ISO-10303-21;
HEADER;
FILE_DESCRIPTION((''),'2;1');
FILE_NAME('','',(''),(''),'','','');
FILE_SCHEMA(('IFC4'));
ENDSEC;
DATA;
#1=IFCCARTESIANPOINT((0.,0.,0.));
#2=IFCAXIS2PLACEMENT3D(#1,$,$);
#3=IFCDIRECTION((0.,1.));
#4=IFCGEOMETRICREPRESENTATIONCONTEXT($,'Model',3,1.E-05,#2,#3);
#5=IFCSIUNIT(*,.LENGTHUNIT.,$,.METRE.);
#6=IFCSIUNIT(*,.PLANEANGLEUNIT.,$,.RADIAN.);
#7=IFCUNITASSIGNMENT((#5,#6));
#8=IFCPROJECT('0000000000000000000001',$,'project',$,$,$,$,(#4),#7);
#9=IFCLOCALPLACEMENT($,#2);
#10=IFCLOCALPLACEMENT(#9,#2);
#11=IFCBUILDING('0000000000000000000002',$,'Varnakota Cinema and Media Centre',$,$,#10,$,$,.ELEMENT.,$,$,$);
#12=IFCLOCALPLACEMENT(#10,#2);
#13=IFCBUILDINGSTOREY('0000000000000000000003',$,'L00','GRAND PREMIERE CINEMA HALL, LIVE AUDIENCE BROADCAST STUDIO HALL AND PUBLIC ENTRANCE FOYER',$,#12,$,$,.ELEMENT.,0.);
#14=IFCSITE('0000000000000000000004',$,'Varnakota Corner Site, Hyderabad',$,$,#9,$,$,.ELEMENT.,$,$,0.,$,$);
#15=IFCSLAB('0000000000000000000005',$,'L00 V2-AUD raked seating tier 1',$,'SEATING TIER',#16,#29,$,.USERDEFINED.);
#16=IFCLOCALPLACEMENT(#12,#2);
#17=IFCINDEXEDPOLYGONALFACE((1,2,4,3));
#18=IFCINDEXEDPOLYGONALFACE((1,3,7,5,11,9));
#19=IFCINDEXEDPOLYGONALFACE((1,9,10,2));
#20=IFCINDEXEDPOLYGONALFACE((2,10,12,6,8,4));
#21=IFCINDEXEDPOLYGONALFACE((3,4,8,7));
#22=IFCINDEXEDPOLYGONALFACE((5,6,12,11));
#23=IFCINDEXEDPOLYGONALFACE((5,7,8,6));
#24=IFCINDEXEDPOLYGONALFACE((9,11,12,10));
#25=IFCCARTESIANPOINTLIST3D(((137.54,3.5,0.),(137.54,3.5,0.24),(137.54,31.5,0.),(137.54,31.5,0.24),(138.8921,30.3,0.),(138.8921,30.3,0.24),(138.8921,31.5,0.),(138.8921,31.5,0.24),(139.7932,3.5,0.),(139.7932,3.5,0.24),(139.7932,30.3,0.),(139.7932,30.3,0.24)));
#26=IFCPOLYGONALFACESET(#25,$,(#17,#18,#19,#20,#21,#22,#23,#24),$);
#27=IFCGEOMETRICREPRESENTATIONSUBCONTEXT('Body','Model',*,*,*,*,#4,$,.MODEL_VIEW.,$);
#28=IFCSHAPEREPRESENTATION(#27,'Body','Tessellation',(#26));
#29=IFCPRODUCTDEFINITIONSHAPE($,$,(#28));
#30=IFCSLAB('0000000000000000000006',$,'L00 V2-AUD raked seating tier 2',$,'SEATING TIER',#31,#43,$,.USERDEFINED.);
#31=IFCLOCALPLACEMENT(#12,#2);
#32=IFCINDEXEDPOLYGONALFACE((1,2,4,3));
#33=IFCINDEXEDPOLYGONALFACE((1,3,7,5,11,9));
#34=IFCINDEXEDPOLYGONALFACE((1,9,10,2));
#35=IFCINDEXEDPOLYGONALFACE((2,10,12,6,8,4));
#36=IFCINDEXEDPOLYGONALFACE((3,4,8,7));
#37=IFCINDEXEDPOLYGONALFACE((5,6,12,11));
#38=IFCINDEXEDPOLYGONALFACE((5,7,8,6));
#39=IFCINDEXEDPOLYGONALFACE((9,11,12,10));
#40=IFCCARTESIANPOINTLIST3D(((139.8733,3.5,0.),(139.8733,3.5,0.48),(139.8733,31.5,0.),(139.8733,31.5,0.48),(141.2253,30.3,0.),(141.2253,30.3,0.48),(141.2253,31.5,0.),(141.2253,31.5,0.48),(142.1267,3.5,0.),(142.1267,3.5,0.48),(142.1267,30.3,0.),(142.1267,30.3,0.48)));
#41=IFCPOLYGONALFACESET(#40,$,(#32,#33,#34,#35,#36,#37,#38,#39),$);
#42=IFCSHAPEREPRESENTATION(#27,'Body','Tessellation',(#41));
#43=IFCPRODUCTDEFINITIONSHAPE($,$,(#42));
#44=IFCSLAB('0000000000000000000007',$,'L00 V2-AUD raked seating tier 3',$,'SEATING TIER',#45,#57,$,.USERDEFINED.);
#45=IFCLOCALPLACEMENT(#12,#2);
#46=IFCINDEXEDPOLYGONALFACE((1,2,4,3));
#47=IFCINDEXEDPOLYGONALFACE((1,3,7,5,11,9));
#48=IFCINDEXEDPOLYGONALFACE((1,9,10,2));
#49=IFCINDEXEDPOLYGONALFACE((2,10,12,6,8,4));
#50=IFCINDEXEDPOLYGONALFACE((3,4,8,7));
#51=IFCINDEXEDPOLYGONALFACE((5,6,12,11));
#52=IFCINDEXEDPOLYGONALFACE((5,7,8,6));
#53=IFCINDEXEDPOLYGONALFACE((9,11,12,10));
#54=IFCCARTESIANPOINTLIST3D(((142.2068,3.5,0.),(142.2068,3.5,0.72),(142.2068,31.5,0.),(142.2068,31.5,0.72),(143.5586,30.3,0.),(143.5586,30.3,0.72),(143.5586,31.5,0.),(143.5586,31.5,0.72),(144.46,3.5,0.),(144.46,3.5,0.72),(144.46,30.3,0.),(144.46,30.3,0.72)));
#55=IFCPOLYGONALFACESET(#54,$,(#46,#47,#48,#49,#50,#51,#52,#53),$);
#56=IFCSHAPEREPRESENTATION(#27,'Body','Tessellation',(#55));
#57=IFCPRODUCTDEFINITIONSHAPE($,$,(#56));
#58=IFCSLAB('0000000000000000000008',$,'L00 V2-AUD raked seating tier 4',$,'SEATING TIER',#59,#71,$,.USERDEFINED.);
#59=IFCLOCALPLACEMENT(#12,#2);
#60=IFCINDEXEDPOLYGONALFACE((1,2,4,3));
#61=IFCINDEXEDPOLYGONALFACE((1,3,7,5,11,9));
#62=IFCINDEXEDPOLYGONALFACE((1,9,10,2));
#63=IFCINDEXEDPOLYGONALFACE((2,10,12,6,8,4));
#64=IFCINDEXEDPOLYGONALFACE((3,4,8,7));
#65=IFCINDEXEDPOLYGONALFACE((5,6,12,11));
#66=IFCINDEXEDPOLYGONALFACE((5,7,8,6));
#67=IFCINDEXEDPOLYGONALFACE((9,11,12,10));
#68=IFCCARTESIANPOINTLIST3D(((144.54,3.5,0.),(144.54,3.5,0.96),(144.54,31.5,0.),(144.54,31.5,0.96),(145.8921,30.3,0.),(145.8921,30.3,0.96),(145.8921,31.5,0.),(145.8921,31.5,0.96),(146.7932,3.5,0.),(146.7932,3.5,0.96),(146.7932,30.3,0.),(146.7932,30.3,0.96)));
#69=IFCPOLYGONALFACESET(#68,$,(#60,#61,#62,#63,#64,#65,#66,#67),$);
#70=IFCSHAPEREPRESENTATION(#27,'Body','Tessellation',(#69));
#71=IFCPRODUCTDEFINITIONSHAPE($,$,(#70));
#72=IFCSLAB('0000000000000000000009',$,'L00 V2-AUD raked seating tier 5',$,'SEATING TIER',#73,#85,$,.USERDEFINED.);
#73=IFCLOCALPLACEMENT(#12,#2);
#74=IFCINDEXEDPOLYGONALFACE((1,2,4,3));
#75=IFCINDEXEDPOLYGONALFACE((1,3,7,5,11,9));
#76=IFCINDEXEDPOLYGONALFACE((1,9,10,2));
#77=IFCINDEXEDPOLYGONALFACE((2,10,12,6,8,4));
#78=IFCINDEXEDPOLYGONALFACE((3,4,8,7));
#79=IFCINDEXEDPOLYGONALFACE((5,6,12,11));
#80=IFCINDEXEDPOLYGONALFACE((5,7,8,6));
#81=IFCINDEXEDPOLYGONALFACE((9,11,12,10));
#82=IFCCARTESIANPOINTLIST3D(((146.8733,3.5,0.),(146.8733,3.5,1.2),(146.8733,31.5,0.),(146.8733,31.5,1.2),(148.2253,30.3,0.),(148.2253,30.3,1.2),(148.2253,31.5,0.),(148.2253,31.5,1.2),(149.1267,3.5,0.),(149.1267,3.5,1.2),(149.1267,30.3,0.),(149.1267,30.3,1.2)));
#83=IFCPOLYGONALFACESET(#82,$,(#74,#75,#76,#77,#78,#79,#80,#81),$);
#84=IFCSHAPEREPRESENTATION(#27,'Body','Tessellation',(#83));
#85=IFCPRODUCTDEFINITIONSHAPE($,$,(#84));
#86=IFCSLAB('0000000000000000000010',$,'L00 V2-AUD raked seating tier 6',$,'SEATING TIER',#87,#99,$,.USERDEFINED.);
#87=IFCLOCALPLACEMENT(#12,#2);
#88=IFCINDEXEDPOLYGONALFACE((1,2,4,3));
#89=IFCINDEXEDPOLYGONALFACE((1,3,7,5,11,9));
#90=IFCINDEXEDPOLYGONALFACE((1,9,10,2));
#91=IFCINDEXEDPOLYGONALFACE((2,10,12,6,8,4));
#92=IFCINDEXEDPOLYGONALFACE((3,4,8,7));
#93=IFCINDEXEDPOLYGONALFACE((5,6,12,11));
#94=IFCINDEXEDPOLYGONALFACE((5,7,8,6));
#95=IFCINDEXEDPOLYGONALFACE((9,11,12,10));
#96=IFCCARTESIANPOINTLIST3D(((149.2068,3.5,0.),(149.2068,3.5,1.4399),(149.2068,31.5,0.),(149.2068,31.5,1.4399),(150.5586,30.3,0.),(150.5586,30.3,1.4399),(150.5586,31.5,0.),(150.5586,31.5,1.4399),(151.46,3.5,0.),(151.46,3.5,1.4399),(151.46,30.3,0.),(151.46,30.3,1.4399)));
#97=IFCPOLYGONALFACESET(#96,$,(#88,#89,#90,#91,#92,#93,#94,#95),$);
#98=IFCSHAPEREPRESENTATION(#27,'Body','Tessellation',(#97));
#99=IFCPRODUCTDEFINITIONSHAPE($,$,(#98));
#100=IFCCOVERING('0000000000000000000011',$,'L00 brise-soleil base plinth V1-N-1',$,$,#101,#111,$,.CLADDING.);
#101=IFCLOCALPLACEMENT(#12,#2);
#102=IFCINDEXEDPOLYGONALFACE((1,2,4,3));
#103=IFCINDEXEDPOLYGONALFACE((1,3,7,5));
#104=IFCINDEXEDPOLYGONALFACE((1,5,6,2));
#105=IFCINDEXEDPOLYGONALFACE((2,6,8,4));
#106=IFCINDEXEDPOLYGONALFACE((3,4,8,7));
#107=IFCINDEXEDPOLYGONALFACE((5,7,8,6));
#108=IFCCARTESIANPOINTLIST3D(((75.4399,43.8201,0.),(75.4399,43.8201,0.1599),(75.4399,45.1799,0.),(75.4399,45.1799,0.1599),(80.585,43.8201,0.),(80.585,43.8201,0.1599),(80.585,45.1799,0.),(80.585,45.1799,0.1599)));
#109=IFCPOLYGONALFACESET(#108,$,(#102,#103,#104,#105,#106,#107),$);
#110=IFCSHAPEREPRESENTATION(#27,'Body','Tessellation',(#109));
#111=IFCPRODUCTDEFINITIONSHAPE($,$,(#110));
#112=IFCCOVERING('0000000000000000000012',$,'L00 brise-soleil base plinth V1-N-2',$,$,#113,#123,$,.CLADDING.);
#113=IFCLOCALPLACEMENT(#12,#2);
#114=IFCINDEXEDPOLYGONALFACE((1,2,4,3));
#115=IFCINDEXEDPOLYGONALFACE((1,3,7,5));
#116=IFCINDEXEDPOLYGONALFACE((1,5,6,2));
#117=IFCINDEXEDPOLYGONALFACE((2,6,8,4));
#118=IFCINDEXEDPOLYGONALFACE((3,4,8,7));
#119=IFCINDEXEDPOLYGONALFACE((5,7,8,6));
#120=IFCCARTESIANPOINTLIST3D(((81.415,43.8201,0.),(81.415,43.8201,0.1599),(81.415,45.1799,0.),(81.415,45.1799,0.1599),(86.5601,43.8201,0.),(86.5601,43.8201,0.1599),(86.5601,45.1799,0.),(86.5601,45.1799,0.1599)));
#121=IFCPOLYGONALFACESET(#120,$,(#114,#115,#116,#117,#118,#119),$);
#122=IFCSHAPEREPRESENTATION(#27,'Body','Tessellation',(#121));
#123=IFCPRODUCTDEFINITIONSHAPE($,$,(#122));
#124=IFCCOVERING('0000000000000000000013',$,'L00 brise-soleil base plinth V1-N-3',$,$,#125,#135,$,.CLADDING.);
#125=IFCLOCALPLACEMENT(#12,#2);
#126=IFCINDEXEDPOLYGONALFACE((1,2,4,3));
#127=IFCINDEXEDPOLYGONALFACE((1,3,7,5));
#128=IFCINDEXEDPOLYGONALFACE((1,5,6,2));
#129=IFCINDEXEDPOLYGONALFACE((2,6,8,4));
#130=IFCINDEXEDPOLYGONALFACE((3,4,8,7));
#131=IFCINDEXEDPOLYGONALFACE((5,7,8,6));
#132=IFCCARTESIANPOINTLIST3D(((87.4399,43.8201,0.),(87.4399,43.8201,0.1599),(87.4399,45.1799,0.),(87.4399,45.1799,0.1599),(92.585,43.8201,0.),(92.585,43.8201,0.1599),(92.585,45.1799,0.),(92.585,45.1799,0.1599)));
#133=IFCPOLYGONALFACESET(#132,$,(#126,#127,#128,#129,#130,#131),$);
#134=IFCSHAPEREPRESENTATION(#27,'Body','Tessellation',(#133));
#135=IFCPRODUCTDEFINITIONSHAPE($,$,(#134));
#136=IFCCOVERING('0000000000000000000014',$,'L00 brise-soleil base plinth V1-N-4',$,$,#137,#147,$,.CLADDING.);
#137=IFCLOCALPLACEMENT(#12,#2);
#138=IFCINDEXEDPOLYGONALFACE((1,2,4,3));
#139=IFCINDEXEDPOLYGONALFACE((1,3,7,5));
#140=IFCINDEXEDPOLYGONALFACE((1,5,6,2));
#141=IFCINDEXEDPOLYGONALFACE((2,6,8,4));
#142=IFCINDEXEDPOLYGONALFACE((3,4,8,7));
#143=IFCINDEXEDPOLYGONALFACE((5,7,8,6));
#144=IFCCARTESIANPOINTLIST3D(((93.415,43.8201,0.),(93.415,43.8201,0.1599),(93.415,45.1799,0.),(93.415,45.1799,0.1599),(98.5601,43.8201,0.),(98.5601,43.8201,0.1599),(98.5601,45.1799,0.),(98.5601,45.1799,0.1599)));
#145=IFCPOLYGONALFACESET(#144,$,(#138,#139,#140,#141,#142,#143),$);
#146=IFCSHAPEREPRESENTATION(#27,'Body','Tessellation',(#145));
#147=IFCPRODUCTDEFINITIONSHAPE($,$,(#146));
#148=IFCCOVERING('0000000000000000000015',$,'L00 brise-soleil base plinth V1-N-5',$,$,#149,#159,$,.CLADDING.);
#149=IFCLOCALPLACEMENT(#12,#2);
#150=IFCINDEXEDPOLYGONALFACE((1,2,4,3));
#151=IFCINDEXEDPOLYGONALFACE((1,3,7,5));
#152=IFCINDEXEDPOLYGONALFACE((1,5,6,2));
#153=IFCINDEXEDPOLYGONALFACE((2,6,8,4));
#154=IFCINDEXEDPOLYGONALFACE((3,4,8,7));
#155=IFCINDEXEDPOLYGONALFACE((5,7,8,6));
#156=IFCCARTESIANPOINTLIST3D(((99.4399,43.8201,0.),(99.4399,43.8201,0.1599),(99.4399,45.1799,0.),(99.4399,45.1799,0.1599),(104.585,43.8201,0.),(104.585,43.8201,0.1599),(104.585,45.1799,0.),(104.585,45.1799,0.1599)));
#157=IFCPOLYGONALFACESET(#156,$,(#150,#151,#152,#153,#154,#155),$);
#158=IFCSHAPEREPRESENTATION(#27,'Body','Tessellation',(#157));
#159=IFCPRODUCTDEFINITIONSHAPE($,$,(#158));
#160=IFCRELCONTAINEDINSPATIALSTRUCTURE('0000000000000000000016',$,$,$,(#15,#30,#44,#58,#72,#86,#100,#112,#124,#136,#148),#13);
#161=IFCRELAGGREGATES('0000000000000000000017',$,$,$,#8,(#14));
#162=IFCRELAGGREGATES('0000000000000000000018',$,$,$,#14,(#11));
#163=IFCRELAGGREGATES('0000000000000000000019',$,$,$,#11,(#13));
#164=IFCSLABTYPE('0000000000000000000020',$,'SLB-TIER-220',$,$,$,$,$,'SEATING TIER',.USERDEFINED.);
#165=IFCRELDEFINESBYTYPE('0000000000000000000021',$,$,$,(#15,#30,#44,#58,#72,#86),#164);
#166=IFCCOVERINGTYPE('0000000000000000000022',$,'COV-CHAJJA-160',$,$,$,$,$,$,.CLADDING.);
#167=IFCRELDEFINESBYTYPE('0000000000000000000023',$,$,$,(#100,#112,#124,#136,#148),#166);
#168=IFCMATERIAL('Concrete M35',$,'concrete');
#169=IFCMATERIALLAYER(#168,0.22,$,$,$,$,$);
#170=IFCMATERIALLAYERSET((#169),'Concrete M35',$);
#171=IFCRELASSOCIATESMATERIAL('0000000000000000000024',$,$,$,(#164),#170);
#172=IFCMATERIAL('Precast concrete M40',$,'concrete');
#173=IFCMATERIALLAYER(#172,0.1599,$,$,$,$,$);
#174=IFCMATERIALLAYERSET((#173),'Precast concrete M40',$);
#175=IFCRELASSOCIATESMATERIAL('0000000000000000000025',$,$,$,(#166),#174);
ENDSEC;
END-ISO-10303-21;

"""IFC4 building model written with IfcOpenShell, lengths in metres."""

from ifc_helpers import new_model, si_unit, direction, origin, place, context, subcontext, project, spatial, polyline, outline, extrude, material, layer, layer_set, type_object, element, save


model = new_model("IFC4")

# Units and contexts
model_context = context("Model", 3, precision=1e-05, world=origin(), true_north=direction((0.0, 1.0)))
body_context = subcontext(model_context, "Body", "Model", "MODEL_VIEW")
ifc_project = project(units=[si_unit("LENGTHUNIT", "METRE"), si_unit("PLANEANGLEUNIT", "RADIAN")], contexts=[model_context])

# Site, building, storey
site_placement = place(None, origin())
site = spatial("IfcSite", under=ifc_project, at=site_placement, Name="Varnakota Corner Site, Hyderabad", CompositionType="ELEMENT", RefElevation=0.0)
building_placement = place(site_placement, origin())
building = spatial("IfcBuilding", under=site, at=building_placement, Name="Varnakota Cinema and Media Centre", CompositionType="ELEMENT")
storey_placement = place(building_placement, origin())
storey = spatial("IfcBuildingStorey", under=building, at=storey_placement, Name="L00", Description="GRAND PREMIERE CINEMA HALL, LIVE AUDIENCE BROADCAST STUDIO HALL AND PUBLIC ENTRANCE FOYER", CompositionType="ELEMENT", Elevation=0.0)

# Slabs
ifc_material_1 = material(Name="Concrete M35", Category="concrete")
ifc_layer_1 = layer(ifc_material_1, 0.22)
ifc_layer_set_1 = layer_set([ifc_layer_1], Name="Concrete M35")
slab_type_1 = type_object("IfcSlabType", Name="SLB-TIER-220", ElementType="SEATING TIER", PredefinedType="USERDEFINED", material=ifc_layer_set_1)
slab_1_placement = place(storey_placement, origin())
element("IfcSlab", 1, at=slab_1_placement, inside=storey, type_object=slab_type_1, Name="L00 V2-AUD raked seating tier 1", ObjectType="SEATING TIER", PredefinedType="USERDEFINED", context=body_context, shape_type="SweptSolid", body=[
    extrude(outline(polyline([(137.54, 3.5), (139.7932, 3.5), (139.7932, 30.3), (138.8921, 30.3), (138.8921, 31.5), (137.54, 31.5), (137.54, 3.5)])), origin(), (0.0, 0.0, 1.0), 0.24),
])
slab_2_placement = place(storey_placement, origin())
element("IfcSlab", 2, at=slab_2_placement, inside=storey, type_object=slab_type_1, Name="L00 V2-AUD raked seating tier 2", ObjectType="SEATING TIER", PredefinedType="USERDEFINED", context=body_context, shape_type="SweptSolid", body=[
    extrude(outline(polyline([(139.8733, 3.5), (142.1267, 3.5), (142.1267, 30.3), (141.2253, 30.3), (141.2253, 31.5), (139.8733, 31.5), (139.8733, 3.5)])), origin(), (0.0, 0.0, 1.0), 0.48),
])
slab_3_placement = place(storey_placement, origin())
element("IfcSlab", 3, at=slab_3_placement, inside=storey, type_object=slab_type_1, Name="L00 V2-AUD raked seating tier 3", ObjectType="SEATING TIER", PredefinedType="USERDEFINED", context=body_context, shape_type="SweptSolid", body=[
    extrude(outline(polyline([(142.2068, 3.5), (144.46, 3.5), (144.46, 30.3), (143.5586, 30.3), (143.5586, 31.5), (142.2068, 31.5), (142.2068, 3.5)])), origin(), (0.0, 0.0, 1.0), 0.72),
])
slab_4_placement = place(storey_placement, origin())
element("IfcSlab", 4, at=slab_4_placement, inside=storey, type_object=slab_type_1, Name="L00 V2-AUD raked seating tier 4", ObjectType="SEATING TIER", PredefinedType="USERDEFINED", context=body_context, shape_type="SweptSolid", body=[
    extrude(outline(polyline([(144.54, 3.5), (146.7932, 3.5), (146.7932, 30.3), (145.8921, 30.3), (145.8921, 31.5), (144.54, 31.5), (144.54, 3.5)])), origin(), (0.0, 0.0, 1.0), 0.96),
])
slab_5_placement = place(storey_placement, origin())
element("IfcSlab", 5, at=slab_5_placement, inside=storey, type_object=slab_type_1, Name="L00 V2-AUD raked seating tier 5", ObjectType="SEATING TIER", PredefinedType="USERDEFINED", context=body_context, shape_type="SweptSolid", body=[
    extrude(outline(polyline([(146.8733, 3.5), (149.1267, 3.5), (149.1267, 30.3), (148.2253, 30.3), (148.2253, 31.5), (146.8733, 31.5), (146.8733, 3.5)])), origin(), (0.0, 0.0, 1.0), 1.2),
])
slab_6_placement = place(storey_placement, origin())
element("IfcSlab", 6, at=slab_6_placement, inside=storey, type_object=slab_type_1, Name="L00 V2-AUD raked seating tier 6", ObjectType="SEATING TIER", PredefinedType="USERDEFINED", context=body_context, shape_type="SweptSolid", body=[
    extrude(outline(polyline([(149.2068, 3.5), (151.46, 3.5), (151.46, 30.3), (150.5586, 30.3), (150.5586, 31.5), (149.2068, 31.5), (149.2068, 3.5)])), origin(), (0.0, 0.0, 1.0), 1.4399),
])

# Coverings
ifc_material_2 = material(Name="Precast concrete M40", Category="concrete")
ifc_layer_2 = layer(ifc_material_2, 0.1599)
ifc_layer_set_2 = layer_set([ifc_layer_2], Name="Precast concrete M40")
covering_type = type_object("IfcCoveringType", Name="COV-CHAJJA-160", PredefinedType="CLADDING", material=ifc_layer_set_2)
covering_1_placement = place(storey_placement, origin())
element("IfcCovering", 7, at=covering_1_placement, inside=storey, type_object=covering_type, Name="L00 brise-soleil base plinth V1-N-1", PredefinedType="CLADDING", context=body_context, shape_type="SweptSolid", body=[
    extrude(outline(polyline([(75.4399, 43.8201), (80.585, 43.8201), (80.585, 45.1799), (75.4399, 45.1799), (75.4399, 43.8201)])), origin(), (0.0, 0.0, 1.0), 0.1599),
])
covering_2_placement = place(storey_placement, origin())
element("IfcCovering", 8, at=covering_2_placement, inside=storey, type_object=covering_type, Name="L00 brise-soleil base plinth V1-N-2", PredefinedType="CLADDING", context=body_context, shape_type="SweptSolid", body=[
    extrude(outline(polyline([(81.415, 43.8201), (86.5601, 43.8201), (86.5601, 45.1799), (81.415, 45.1799), (81.415, 43.8201)])), origin(), (0.0, 0.0, 1.0), 0.1599),
])
covering_3_placement = place(storey_placement, origin())
element("IfcCovering", 9, at=covering_3_placement, inside=storey, type_object=covering_type, Name="L00 brise-soleil base plinth V1-N-3", PredefinedType="CLADDING", context=body_context, shape_type="SweptSolid", body=[
    extrude(outline(polyline([(87.4399, 43.8201), (92.585, 43.8201), (92.585, 45.1799), (87.4399, 45.1799), (87.4399, 43.8201)])), origin(), (0.0, 0.0, 1.0), 0.1599),
])
covering_4_placement = place(storey_placement, origin())
element("IfcCovering", 10, at=covering_4_placement, inside=storey, type_object=covering_type, Name="L00 brise-soleil base plinth V1-N-4", PredefinedType="CLADDING", context=body_context, shape_type="SweptSolid", body=[
    extrude(outline(polyline([(93.415, 43.8201), (98.5601, 43.8201), (98.5601, 45.1799), (93.415, 45.1799), (93.415, 43.8201)])), origin(), (0.0, 0.0, 1.0), 0.1599),
])
covering_5_placement = place(storey_placement, origin())
element("IfcCovering", 11, at=covering_5_placement, inside=storey, type_object=covering_type, Name="L00 brise-soleil base plinth V1-N-5", PredefinedType="CLADDING", context=body_context, shape_type="SweptSolid", body=[
    extrude(outline(polyline([(99.4399, 43.8201), (104.585, 43.8201), (104.585, 45.1799), (99.4399, 45.1799), (99.4399, 43.8201)])), origin(), (0.0, 0.0, 1.0), 0.1599),
])

save(model, "model.ifc")
